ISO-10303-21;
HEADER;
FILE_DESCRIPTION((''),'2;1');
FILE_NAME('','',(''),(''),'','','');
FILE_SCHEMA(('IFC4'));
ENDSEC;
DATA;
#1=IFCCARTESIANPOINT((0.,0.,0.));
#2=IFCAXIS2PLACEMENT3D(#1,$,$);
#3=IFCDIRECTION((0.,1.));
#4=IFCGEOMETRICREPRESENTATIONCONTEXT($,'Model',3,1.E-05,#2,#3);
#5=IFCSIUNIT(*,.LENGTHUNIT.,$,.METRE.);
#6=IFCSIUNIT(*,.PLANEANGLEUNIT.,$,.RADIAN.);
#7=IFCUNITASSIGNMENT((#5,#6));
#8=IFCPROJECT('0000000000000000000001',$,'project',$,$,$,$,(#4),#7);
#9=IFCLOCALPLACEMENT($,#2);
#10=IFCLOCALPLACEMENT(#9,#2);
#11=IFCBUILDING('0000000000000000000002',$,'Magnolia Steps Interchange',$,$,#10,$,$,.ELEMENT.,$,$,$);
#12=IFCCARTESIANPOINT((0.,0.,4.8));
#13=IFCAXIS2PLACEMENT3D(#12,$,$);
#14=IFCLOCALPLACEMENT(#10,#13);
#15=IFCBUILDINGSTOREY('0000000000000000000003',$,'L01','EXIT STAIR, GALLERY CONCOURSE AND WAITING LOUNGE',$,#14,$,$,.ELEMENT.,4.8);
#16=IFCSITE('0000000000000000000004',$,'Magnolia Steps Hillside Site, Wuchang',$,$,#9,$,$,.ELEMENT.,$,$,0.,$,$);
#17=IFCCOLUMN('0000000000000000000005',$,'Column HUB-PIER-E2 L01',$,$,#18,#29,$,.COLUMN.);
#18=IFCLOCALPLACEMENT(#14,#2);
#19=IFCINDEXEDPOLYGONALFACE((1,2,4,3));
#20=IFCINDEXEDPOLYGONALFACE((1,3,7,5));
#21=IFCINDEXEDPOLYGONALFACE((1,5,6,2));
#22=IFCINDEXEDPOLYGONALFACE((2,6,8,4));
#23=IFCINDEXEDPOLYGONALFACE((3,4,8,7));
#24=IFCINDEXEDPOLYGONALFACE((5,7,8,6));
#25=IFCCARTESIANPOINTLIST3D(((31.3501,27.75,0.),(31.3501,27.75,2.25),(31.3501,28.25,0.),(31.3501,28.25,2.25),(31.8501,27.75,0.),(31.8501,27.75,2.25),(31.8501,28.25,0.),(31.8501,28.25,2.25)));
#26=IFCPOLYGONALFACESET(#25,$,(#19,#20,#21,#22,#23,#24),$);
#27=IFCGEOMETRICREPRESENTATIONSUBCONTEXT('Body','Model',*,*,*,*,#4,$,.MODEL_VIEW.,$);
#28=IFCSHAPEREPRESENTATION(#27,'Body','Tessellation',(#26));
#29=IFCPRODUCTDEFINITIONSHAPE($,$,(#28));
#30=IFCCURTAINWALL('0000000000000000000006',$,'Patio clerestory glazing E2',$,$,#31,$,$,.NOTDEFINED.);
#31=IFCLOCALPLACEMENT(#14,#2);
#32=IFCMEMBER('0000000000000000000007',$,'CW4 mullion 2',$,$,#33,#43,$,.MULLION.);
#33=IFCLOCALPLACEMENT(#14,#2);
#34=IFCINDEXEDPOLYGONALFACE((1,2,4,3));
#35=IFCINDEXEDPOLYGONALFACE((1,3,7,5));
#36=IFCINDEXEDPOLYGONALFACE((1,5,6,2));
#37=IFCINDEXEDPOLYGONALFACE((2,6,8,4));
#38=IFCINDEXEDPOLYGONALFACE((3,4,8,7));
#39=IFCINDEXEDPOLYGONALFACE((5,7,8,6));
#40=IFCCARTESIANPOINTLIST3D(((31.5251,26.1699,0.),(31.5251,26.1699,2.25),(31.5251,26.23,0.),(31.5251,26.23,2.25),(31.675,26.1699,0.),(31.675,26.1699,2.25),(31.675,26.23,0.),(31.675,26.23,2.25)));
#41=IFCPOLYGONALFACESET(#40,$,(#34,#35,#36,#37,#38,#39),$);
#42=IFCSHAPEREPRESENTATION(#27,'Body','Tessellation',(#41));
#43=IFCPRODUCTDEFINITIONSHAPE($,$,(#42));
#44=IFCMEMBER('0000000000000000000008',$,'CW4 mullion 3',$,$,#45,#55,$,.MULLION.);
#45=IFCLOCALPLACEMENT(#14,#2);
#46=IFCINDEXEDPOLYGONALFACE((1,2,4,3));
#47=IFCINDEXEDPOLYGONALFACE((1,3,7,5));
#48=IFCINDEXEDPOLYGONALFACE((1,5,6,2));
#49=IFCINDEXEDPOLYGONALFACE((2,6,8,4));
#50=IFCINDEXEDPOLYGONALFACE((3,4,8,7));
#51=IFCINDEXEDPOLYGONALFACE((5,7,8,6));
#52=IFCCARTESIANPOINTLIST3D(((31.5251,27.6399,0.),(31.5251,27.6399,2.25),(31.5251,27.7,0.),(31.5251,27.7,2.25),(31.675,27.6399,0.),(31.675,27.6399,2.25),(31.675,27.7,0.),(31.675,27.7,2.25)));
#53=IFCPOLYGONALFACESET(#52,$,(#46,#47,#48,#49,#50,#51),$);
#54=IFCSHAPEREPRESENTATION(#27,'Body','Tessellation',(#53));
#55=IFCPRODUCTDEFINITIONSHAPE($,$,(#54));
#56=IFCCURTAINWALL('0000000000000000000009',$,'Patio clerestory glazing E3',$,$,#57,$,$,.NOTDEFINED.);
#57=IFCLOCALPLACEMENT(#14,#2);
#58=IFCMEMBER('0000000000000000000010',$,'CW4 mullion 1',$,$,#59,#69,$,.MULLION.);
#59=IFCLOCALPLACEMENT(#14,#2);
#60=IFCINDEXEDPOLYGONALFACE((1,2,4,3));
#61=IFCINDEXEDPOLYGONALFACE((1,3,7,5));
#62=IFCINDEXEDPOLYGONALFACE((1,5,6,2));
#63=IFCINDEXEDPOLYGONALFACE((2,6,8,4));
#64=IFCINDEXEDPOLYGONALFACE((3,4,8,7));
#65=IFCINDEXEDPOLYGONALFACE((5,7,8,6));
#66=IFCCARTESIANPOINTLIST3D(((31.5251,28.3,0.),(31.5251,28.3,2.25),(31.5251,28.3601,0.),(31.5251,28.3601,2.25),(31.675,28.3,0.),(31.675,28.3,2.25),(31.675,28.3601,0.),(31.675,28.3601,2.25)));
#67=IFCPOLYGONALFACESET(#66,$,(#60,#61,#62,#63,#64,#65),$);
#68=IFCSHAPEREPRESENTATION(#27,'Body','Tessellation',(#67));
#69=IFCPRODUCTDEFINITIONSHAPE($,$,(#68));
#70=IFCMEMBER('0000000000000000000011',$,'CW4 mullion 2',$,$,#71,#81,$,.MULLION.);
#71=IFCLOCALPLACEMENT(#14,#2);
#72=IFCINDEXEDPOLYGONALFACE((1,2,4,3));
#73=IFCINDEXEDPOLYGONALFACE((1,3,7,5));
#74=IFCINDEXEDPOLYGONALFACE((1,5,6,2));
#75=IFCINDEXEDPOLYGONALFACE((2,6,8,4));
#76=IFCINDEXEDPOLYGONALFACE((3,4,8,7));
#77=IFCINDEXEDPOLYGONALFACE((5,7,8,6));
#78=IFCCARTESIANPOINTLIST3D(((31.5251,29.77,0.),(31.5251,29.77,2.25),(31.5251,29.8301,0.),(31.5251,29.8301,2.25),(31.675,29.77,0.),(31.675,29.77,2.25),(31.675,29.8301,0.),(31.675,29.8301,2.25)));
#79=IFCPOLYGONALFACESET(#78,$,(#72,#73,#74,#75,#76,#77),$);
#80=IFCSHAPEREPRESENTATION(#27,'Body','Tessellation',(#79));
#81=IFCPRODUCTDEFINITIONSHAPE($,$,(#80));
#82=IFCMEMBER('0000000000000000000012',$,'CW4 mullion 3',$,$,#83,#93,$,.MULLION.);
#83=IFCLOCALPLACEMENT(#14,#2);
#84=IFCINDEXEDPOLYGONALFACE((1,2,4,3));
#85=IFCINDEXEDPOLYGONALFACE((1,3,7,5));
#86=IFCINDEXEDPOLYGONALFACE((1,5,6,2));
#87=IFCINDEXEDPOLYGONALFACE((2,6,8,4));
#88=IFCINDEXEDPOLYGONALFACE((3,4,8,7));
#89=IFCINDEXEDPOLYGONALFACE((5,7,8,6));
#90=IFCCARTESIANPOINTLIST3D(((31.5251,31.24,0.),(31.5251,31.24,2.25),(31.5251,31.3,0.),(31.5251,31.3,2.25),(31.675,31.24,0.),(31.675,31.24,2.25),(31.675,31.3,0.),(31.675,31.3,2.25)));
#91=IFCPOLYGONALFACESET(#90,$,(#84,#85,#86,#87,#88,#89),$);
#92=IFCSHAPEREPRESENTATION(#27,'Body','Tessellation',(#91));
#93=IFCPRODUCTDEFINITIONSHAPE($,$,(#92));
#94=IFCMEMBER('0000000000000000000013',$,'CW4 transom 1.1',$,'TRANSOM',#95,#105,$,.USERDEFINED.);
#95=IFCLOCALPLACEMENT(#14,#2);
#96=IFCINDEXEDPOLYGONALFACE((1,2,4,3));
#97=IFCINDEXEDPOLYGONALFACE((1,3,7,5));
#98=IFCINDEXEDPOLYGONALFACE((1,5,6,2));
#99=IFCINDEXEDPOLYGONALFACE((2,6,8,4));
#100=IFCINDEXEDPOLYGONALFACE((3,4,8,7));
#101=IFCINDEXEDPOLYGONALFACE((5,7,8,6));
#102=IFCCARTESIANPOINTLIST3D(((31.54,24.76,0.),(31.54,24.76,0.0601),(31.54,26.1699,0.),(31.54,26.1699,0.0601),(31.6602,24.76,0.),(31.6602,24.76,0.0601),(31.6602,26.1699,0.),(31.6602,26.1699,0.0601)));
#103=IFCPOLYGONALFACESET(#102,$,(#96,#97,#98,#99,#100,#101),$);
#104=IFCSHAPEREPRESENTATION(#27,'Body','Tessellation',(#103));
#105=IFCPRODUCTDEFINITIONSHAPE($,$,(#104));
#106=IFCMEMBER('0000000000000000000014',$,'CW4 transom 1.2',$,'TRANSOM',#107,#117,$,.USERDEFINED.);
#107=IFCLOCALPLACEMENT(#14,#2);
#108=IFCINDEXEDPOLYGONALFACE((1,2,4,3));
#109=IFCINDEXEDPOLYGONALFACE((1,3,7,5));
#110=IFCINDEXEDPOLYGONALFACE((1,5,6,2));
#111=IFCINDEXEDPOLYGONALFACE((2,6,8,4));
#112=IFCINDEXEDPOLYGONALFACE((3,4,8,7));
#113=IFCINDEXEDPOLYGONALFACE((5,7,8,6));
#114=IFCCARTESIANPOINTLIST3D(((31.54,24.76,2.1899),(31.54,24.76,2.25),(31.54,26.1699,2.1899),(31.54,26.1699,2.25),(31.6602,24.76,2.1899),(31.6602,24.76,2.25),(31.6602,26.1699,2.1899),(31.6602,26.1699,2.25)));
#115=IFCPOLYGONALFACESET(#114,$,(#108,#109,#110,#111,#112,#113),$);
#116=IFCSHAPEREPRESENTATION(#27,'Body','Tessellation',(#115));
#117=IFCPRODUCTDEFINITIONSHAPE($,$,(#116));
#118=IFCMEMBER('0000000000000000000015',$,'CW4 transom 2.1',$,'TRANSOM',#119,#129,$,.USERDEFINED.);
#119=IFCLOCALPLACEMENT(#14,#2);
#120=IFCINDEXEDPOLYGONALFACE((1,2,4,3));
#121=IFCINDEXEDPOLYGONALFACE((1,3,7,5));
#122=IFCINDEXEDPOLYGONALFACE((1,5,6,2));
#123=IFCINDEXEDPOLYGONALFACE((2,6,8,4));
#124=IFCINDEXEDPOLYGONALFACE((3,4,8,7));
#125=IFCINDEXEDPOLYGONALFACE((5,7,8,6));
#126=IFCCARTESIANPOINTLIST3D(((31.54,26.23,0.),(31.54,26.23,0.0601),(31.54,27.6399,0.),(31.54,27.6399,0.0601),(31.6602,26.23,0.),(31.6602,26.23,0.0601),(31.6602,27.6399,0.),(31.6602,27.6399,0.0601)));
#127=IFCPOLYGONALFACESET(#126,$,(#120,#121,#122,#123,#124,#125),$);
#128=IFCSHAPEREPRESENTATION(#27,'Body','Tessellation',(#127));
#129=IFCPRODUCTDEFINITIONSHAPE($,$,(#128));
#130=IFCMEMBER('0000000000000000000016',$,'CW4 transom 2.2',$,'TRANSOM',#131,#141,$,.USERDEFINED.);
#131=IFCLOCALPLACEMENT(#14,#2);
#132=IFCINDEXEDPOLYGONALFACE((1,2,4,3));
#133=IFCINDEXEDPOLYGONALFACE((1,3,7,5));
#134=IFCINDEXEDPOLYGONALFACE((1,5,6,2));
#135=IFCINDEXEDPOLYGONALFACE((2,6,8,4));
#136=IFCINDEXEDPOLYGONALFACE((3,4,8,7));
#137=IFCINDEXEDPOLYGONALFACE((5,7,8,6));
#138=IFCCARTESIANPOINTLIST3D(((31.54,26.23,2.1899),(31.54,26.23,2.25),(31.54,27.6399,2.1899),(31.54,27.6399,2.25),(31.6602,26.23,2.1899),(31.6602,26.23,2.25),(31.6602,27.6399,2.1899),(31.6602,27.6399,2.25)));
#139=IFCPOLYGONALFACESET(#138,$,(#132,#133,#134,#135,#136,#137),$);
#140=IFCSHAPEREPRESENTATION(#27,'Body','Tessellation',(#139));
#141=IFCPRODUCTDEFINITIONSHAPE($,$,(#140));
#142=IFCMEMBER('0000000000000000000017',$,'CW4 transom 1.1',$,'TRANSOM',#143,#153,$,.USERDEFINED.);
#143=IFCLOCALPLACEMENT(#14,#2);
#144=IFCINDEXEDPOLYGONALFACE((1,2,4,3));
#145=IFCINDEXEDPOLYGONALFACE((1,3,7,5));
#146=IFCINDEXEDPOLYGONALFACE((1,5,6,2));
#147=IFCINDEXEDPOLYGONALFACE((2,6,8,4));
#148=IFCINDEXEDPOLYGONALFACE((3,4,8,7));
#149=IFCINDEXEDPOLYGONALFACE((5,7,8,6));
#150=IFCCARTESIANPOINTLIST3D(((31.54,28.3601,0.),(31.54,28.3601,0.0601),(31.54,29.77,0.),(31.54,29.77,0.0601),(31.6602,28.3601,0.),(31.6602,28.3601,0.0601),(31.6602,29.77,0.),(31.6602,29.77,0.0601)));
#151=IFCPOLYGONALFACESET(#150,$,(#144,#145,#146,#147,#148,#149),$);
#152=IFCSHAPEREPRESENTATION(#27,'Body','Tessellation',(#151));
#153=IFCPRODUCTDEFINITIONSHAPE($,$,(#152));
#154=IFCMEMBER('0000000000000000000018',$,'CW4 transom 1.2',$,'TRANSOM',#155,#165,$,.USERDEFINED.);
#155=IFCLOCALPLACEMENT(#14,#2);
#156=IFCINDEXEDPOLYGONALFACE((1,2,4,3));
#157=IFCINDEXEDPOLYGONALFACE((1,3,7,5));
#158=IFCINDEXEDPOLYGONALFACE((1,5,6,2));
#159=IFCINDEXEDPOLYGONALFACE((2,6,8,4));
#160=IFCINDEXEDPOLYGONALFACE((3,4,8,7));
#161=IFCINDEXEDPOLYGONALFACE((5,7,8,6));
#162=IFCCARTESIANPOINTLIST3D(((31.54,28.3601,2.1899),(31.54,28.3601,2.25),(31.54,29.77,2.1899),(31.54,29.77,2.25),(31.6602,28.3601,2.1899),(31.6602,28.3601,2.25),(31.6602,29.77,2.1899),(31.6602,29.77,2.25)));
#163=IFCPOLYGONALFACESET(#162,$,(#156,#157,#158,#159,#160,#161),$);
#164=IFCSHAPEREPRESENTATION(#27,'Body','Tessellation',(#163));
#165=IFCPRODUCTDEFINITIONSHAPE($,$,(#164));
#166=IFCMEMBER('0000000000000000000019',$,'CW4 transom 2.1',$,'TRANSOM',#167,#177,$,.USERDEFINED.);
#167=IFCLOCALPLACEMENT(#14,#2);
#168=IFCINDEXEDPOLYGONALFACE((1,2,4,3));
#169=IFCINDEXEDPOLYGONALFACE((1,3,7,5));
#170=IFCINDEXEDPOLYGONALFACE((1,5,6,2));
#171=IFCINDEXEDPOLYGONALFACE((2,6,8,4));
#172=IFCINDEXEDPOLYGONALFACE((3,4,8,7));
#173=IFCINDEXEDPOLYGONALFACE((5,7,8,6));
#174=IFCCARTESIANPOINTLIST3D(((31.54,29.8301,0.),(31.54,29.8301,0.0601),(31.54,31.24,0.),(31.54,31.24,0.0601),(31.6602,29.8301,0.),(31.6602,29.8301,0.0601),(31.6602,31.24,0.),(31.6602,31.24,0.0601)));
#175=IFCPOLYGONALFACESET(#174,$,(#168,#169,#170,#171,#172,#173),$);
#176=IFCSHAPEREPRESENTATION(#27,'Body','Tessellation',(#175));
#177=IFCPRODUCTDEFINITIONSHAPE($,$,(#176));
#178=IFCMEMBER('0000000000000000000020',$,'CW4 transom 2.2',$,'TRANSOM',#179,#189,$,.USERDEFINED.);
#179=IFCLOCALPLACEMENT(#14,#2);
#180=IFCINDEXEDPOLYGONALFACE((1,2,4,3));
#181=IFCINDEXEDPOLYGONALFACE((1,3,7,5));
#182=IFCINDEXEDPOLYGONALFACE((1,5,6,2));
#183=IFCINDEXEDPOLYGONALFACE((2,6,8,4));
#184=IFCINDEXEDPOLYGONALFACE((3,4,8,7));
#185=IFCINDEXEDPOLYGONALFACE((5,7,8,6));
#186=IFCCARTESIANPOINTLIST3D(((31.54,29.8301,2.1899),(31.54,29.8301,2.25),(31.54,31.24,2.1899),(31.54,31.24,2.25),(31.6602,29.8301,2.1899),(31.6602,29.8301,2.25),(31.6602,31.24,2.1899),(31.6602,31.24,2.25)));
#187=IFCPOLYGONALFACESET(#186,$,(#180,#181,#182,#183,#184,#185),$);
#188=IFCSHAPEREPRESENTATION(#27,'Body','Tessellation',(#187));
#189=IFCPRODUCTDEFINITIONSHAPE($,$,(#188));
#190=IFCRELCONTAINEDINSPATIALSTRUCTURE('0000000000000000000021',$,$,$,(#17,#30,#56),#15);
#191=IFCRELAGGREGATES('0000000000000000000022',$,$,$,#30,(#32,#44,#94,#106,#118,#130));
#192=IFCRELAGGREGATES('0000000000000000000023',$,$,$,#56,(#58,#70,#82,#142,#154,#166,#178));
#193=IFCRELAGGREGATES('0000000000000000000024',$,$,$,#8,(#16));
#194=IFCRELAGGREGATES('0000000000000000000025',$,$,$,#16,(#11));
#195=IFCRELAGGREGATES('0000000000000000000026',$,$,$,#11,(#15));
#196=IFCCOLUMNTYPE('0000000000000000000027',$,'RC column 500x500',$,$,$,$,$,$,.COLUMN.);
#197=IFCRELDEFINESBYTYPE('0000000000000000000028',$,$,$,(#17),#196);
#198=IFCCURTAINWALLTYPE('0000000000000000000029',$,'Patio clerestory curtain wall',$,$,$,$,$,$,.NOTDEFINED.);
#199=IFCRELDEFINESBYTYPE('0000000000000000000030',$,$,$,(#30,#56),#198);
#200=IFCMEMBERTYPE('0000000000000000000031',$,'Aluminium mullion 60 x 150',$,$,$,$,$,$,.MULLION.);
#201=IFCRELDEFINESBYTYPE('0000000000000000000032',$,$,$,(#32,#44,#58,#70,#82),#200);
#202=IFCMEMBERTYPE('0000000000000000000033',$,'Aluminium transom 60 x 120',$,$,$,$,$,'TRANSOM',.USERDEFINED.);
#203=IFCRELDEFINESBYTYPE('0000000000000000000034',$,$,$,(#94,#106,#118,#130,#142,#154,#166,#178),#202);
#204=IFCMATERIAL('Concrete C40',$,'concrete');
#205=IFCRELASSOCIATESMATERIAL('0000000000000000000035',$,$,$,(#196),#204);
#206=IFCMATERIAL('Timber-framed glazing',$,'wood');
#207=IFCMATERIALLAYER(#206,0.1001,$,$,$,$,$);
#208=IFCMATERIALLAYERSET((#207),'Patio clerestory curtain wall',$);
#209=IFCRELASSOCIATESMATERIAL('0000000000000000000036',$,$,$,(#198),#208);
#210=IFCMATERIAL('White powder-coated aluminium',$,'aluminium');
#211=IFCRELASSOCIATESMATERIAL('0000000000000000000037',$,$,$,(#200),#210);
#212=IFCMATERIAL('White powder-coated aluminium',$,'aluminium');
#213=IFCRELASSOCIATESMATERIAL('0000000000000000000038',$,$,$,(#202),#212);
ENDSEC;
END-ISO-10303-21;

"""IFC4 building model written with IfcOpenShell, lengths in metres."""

from ifc_helpers import new_model, si_unit, direction, frame, origin, origin_2d, place, context, subcontext, project, spatial, rectangle, extrude, material, layer, layer_set, material_profile, profile_set, type_object, element, aggregate, save


model = new_model("IFC4")

# Units and contexts
model_context = context("Model", 3, precision=1e-05, world=origin(), true_north=direction((0.0, 1.0)))
body_context = subcontext(model_context, "Body", "Model", "MODEL_VIEW")
ifc_project = project(units=[si_unit("LENGTHUNIT", "METRE"), si_unit("PLANEANGLEUNIT", "RADIAN")], contexts=[model_context])

# Site, building, storey
site_placement = place(None, origin())
site = spatial("IfcSite", under=ifc_project, at=site_placement, Name="Magnolia Steps Hillside Site, Wuchang", CompositionType="ELEMENT", RefElevation=0.0)
building_placement = place(site_placement, origin())
building = spatial("IfcBuilding", under=site, at=building_placement, Name="Magnolia Steps Interchange", CompositionType="ELEMENT")
storey_placement = place(building_placement, frame((0.0, 0.0, 4.8)))
storey = spatial("IfcBuildingStorey", under=building, at=storey_placement, Name="L01", Description="EXIT STAIR, GALLERY CONCOURSE AND WAITING LOUNGE", CompositionType="ELEMENT", Elevation=4.8)

# Column
ifc_material_1 = material(Name="Concrete C40", Category="concrete")
ifc_material_profile_1 = material_profile(ifc_material_1, rectangle(XDim=0.5, YDim=0.5, at=origin_2d()), Name="RC500x500")
ifc_profile_set_1 = profile_set([ifc_material_profile_1], Name="Concrete C40")
column_type = type_object("IfcColumnType", Name="RC column 500x500", PredefinedType="COLUMN", material=ifc_profile_set_1)
column_placement = place(storey_placement, frame((31.6001, 28.0, 0.0), z_axis=(0.0, 0.0, 1.0), x_axis=(1.0, 0.0, 0.0)))
element("IfcColumn", 1, at=column_placement, inside=storey, type_object=column_type, Name="Column HUB-PIER-E2 L01", PredefinedType="COLUMN", context=body_context, shape_type="SweptSolid", body=[
    extrude(rectangle(XDim=0.5, YDim=0.5, at=origin_2d()), origin(), (0.0, 0.0, 1.0), 2.25),
])

# Curtain walls, members
ifc_material_2 = material(Name="Timber-framed glazing", Category="wood")
ifc_layer_1 = layer(ifc_material_2, 0.1001)
ifc_layer_set_1 = layer_set([ifc_layer_1], Name="Patio clerestory curtain wall")
curtain_wall_type = type_object("IfcCurtainWallType", Name="Patio clerestory curtain wall", PredefinedType="NOTDEFINED", material=ifc_layer_set_1)
curtain_wall_1_placement = place(storey_placement, origin())
curtain_wall_1 = element("IfcCurtainWall", 2, at=curtain_wall_1_placement, inside=storey, type_object=curtain_wall_type, Name="Patio clerestory glazing E2", PredefinedType="NOTDEFINED")
ifc_material_3 = material(Name="White powder-coated aluminium", Category="aluminium")
ifc_material_profile_2 = material_profile(ifc_material_3, rectangle(XDim=0.0601, YDim=0.1499, at=origin_2d()), Name="Aluminium mullion 60 x 150")
ifc_profile_set_2 = profile_set([ifc_material_profile_2], Name="White powder-coated aluminium")
member_type_1 = type_object("IfcMemberType", Name="Aluminium mullion 60 x 150", PredefinedType="MULLION", material=ifc_profile_set_2)
member_1_placement = place(storey_placement, frame((31.6001, 26.2, 0.0), z_axis=(0.0, 0.0, 1.0), x_axis=(0.0, 1.0, 0.0)))
member_1 = element("IfcMember", 3, at=member_1_placement, type_object=member_type_1, Name="CW4 mullion 2", PredefinedType="MULLION", context=body_context, shape_type="SweptSolid", body=[
    extrude(rectangle(XDim=0.0601, YDim=0.1499, at=origin_2d()), origin(), (0.0, 0.0, 1.0), 2.25),
])
member_2_placement = place(storey_placement, frame((31.6001, 27.6699, 0.0), z_axis=(0.0, 0.0, 1.0), x_axis=(0.0, 1.0, 0.0)))
member_2 = element("IfcMember", 4, at=member_2_placement, type_object=member_type_1, Name="CW4 mullion 3", PredefinedType="MULLION", context=body_context, shape_type="SweptSolid", body=[
    extrude(rectangle(XDim=0.0601, YDim=0.1499, at=origin_2d()), origin(), (0.0, 0.0, 1.0), 2.25),
])
curtain_wall_2_placement = place(storey_placement, origin())
curtain_wall_2 = element("IfcCurtainWall", 5, at=curtain_wall_2_placement, inside=storey, type_object=curtain_wall_type, Name="Patio clerestory glazing E3", PredefinedType="NOTDEFINED")
member_3_placement = place(storey_placement, frame((31.6001, 28.3301, 0.0), z_axis=(0.0, 0.0, 1.0), x_axis=(0.0, 1.0, 0.0)))
member_3 = element("IfcMember", 6, at=member_3_placement, type_object=member_type_1, Name="CW4 mullion 1", PredefinedType="MULLION", context=body_context, shape_type="SweptSolid", body=[
    extrude(rectangle(XDim=0.0601, YDim=0.1499, at=origin_2d()), origin(), (0.0, 0.0, 1.0), 2.25),
])
member_4_placement = place(storey_placement, frame((31.6001, 29.8, 0.0), z_axis=(0.0, 0.0, 1.0), x_axis=(0.0, 1.0, 0.0)))
member_4 = element("IfcMember", 7, at=member_4_placement, type_object=member_type_1, Name="CW4 mullion 2", PredefinedType="MULLION", context=body_context, shape_type="SweptSolid", body=[
    extrude(rectangle(XDim=0.0601, YDim=0.1499, at=origin_2d()), origin(), (0.0, 0.0, 1.0), 2.25),
])
member_5_placement = place(storey_placement, frame((31.6001, 31.27, 0.0), z_axis=(0.0, 0.0, 1.0), x_axis=(0.0, 1.0, 0.0)))
member_5 = element("IfcMember", 8, at=member_5_placement, type_object=member_type_1, Name="CW4 mullion 3", PredefinedType="MULLION", context=body_context, shape_type="SweptSolid", body=[
    extrude(rectangle(XDim=0.0601, YDim=0.1499, at=origin_2d()), origin(), (0.0, 0.0, 1.0), 2.25),
])

# Members
ifc_material_4 = material(Name="White powder-coated aluminium", Category="aluminium")
ifc_material_profile_3 = material_profile(ifc_material_4, rectangle(XDim=0.0601, YDim=0.1201, at=origin_2d()), Name="Aluminium transom 60 x 120")
ifc_profile_set_3 = profile_set([ifc_material_profile_3], Name="White powder-coated aluminium")
member_type_2 = type_object("IfcMemberType", Name="Aluminium transom 60 x 120", ElementType="TRANSOM", PredefinedType="USERDEFINED", material=ifc_profile_set_3)
member_6_placement = place(storey_placement, frame((31.6001, 24.76, 0.03), z_axis=(0.0, 1.0, 0.0), x_axis=(0.0, 0.0, 1.0)))
member_6 = element("IfcMember", 9, at=member_6_placement, type_object=member_type_2, Name="CW4 transom 1.1", ObjectType="TRANSOM", PredefinedType="USERDEFINED", context=body_context, shape_type="SweptSolid", body=[
    extrude(rectangle(XDim=0.0601, YDim=0.1201, at=origin_2d()), origin(), (0.0, 0.0, 1.0), 1.4099),
])
member_7_placement = place(storey_placement, frame((31.6001, 24.76, 2.22), z_axis=(0.0, 1.0, 0.0), x_axis=(0.0, 0.0, 1.0)))
member_7 = element("IfcMember", 10, at=member_7_placement, type_object=member_type_2, Name="CW4 transom 1.2", ObjectType="TRANSOM", PredefinedType="USERDEFINED", context=body_context, shape_type="SweptSolid", body=[
    extrude(rectangle(XDim=0.0601, YDim=0.1201, at=origin_2d()), origin(), (0.0, 0.0, 1.0), 1.4099),
])
member_8_placement = place(storey_placement, frame((31.6001, 26.23, 0.03), z_axis=(0.0, 1.0, 0.0), x_axis=(0.0, 0.0, 1.0)))
member_8 = element("IfcMember", 11, at=member_8_placement, type_object=member_type_2, Name="CW4 transom 2.1", ObjectType="TRANSOM", PredefinedType="USERDEFINED", context=body_context, shape_type="SweptSolid", body=[
    extrude(rectangle(XDim=0.0601, YDim=0.1201, at=origin_2d()), origin(), (0.0, 0.0, 1.0), 1.4099),
])
member_9_placement = place(storey_placement, frame((31.6001, 26.23, 2.22), z_axis=(0.0, 1.0, 0.0), x_axis=(0.0, 0.0, 1.0)))
member_9 = element("IfcMember", 12, at=member_9_placement, type_object=member_type_2, Name="CW4 transom 2.2", ObjectType="TRANSOM", PredefinedType="USERDEFINED", context=body_context, shape_type="SweptSolid", body=[
    extrude(rectangle(XDim=0.0601, YDim=0.1201, at=origin_2d()), origin(), (0.0, 0.0, 1.0), 1.4099),
])
member_10_placement = place(storey_placement, frame((31.6001, 28.3601, 0.03), z_axis=(0.0, 1.0, 0.0), x_axis=(0.0, 0.0, 1.0)))
member_10 = element("IfcMember", 13, at=member_10_placement, type_object=member_type_2, Name="CW4 transom 1.1", ObjectType="TRANSOM", PredefinedType="USERDEFINED", context=body_context, shape_type="SweptSolid", body=[
    extrude(rectangle(XDim=0.0601, YDim=0.1201, at=origin_2d()), origin(), (0.0, 0.0, 1.0), 1.4099),
])
member_11_placement = place(storey_placement, frame((31.6001, 28.3601, 2.22), z_axis=(0.0, 1.0, 0.0), x_axis=(0.0, 0.0, 1.0)))
member_11 = element("IfcMember", 14, at=member_11_placement, type_object=member_type_2, Name="CW4 transom 1.2", ObjectType="TRANSOM", PredefinedType="USERDEFINED", context=body_context, shape_type="SweptSolid", body=[
    extrude(rectangle(XDim=0.0601, YDim=0.1201, at=origin_2d()), origin(), (0.0, 0.0, 1.0), 1.4099),
])
member_12_placement = place(storey_placement, frame((31.6001, 29.8301, 0.03), z_axis=(0.0, 1.0, 0.0), x_axis=(0.0, 0.0, 1.0)))
member_12 = element("IfcMember", 15, at=member_12_placement, type_object=member_type_2, Name="CW4 transom 2.1", ObjectType="TRANSOM", PredefinedType="USERDEFINED", context=body_context, shape_type="SweptSolid", body=[
    extrude(rectangle(XDim=0.0601, YDim=0.1201, at=origin_2d()), origin(), (0.0, 0.0, 1.0), 1.4099),
])
member_13_placement = place(storey_placement, frame((31.6001, 29.8301, 2.22), z_axis=(0.0, 1.0, 0.0), x_axis=(0.0, 0.0, 1.0)))
member_13 = element("IfcMember", 16, at=member_13_placement, type_object=member_type_2, Name="CW4 transom 2.2", ObjectType="TRANSOM", PredefinedType="USERDEFINED", context=body_context, shape_type="SweptSolid", body=[
    extrude(rectangle(XDim=0.0601, YDim=0.1201, at=origin_2d()), origin(), (0.0, 0.0, 1.0), 1.4099),
])

aggregate(curtain_wall_1, [member_1, member_2, member_6, member_7, member_8, member_9])
aggregate(curtain_wall_2, [member_3, member_4, member_5, member_10, member_11, member_12, member_13])

save(model, "model.ifc")
